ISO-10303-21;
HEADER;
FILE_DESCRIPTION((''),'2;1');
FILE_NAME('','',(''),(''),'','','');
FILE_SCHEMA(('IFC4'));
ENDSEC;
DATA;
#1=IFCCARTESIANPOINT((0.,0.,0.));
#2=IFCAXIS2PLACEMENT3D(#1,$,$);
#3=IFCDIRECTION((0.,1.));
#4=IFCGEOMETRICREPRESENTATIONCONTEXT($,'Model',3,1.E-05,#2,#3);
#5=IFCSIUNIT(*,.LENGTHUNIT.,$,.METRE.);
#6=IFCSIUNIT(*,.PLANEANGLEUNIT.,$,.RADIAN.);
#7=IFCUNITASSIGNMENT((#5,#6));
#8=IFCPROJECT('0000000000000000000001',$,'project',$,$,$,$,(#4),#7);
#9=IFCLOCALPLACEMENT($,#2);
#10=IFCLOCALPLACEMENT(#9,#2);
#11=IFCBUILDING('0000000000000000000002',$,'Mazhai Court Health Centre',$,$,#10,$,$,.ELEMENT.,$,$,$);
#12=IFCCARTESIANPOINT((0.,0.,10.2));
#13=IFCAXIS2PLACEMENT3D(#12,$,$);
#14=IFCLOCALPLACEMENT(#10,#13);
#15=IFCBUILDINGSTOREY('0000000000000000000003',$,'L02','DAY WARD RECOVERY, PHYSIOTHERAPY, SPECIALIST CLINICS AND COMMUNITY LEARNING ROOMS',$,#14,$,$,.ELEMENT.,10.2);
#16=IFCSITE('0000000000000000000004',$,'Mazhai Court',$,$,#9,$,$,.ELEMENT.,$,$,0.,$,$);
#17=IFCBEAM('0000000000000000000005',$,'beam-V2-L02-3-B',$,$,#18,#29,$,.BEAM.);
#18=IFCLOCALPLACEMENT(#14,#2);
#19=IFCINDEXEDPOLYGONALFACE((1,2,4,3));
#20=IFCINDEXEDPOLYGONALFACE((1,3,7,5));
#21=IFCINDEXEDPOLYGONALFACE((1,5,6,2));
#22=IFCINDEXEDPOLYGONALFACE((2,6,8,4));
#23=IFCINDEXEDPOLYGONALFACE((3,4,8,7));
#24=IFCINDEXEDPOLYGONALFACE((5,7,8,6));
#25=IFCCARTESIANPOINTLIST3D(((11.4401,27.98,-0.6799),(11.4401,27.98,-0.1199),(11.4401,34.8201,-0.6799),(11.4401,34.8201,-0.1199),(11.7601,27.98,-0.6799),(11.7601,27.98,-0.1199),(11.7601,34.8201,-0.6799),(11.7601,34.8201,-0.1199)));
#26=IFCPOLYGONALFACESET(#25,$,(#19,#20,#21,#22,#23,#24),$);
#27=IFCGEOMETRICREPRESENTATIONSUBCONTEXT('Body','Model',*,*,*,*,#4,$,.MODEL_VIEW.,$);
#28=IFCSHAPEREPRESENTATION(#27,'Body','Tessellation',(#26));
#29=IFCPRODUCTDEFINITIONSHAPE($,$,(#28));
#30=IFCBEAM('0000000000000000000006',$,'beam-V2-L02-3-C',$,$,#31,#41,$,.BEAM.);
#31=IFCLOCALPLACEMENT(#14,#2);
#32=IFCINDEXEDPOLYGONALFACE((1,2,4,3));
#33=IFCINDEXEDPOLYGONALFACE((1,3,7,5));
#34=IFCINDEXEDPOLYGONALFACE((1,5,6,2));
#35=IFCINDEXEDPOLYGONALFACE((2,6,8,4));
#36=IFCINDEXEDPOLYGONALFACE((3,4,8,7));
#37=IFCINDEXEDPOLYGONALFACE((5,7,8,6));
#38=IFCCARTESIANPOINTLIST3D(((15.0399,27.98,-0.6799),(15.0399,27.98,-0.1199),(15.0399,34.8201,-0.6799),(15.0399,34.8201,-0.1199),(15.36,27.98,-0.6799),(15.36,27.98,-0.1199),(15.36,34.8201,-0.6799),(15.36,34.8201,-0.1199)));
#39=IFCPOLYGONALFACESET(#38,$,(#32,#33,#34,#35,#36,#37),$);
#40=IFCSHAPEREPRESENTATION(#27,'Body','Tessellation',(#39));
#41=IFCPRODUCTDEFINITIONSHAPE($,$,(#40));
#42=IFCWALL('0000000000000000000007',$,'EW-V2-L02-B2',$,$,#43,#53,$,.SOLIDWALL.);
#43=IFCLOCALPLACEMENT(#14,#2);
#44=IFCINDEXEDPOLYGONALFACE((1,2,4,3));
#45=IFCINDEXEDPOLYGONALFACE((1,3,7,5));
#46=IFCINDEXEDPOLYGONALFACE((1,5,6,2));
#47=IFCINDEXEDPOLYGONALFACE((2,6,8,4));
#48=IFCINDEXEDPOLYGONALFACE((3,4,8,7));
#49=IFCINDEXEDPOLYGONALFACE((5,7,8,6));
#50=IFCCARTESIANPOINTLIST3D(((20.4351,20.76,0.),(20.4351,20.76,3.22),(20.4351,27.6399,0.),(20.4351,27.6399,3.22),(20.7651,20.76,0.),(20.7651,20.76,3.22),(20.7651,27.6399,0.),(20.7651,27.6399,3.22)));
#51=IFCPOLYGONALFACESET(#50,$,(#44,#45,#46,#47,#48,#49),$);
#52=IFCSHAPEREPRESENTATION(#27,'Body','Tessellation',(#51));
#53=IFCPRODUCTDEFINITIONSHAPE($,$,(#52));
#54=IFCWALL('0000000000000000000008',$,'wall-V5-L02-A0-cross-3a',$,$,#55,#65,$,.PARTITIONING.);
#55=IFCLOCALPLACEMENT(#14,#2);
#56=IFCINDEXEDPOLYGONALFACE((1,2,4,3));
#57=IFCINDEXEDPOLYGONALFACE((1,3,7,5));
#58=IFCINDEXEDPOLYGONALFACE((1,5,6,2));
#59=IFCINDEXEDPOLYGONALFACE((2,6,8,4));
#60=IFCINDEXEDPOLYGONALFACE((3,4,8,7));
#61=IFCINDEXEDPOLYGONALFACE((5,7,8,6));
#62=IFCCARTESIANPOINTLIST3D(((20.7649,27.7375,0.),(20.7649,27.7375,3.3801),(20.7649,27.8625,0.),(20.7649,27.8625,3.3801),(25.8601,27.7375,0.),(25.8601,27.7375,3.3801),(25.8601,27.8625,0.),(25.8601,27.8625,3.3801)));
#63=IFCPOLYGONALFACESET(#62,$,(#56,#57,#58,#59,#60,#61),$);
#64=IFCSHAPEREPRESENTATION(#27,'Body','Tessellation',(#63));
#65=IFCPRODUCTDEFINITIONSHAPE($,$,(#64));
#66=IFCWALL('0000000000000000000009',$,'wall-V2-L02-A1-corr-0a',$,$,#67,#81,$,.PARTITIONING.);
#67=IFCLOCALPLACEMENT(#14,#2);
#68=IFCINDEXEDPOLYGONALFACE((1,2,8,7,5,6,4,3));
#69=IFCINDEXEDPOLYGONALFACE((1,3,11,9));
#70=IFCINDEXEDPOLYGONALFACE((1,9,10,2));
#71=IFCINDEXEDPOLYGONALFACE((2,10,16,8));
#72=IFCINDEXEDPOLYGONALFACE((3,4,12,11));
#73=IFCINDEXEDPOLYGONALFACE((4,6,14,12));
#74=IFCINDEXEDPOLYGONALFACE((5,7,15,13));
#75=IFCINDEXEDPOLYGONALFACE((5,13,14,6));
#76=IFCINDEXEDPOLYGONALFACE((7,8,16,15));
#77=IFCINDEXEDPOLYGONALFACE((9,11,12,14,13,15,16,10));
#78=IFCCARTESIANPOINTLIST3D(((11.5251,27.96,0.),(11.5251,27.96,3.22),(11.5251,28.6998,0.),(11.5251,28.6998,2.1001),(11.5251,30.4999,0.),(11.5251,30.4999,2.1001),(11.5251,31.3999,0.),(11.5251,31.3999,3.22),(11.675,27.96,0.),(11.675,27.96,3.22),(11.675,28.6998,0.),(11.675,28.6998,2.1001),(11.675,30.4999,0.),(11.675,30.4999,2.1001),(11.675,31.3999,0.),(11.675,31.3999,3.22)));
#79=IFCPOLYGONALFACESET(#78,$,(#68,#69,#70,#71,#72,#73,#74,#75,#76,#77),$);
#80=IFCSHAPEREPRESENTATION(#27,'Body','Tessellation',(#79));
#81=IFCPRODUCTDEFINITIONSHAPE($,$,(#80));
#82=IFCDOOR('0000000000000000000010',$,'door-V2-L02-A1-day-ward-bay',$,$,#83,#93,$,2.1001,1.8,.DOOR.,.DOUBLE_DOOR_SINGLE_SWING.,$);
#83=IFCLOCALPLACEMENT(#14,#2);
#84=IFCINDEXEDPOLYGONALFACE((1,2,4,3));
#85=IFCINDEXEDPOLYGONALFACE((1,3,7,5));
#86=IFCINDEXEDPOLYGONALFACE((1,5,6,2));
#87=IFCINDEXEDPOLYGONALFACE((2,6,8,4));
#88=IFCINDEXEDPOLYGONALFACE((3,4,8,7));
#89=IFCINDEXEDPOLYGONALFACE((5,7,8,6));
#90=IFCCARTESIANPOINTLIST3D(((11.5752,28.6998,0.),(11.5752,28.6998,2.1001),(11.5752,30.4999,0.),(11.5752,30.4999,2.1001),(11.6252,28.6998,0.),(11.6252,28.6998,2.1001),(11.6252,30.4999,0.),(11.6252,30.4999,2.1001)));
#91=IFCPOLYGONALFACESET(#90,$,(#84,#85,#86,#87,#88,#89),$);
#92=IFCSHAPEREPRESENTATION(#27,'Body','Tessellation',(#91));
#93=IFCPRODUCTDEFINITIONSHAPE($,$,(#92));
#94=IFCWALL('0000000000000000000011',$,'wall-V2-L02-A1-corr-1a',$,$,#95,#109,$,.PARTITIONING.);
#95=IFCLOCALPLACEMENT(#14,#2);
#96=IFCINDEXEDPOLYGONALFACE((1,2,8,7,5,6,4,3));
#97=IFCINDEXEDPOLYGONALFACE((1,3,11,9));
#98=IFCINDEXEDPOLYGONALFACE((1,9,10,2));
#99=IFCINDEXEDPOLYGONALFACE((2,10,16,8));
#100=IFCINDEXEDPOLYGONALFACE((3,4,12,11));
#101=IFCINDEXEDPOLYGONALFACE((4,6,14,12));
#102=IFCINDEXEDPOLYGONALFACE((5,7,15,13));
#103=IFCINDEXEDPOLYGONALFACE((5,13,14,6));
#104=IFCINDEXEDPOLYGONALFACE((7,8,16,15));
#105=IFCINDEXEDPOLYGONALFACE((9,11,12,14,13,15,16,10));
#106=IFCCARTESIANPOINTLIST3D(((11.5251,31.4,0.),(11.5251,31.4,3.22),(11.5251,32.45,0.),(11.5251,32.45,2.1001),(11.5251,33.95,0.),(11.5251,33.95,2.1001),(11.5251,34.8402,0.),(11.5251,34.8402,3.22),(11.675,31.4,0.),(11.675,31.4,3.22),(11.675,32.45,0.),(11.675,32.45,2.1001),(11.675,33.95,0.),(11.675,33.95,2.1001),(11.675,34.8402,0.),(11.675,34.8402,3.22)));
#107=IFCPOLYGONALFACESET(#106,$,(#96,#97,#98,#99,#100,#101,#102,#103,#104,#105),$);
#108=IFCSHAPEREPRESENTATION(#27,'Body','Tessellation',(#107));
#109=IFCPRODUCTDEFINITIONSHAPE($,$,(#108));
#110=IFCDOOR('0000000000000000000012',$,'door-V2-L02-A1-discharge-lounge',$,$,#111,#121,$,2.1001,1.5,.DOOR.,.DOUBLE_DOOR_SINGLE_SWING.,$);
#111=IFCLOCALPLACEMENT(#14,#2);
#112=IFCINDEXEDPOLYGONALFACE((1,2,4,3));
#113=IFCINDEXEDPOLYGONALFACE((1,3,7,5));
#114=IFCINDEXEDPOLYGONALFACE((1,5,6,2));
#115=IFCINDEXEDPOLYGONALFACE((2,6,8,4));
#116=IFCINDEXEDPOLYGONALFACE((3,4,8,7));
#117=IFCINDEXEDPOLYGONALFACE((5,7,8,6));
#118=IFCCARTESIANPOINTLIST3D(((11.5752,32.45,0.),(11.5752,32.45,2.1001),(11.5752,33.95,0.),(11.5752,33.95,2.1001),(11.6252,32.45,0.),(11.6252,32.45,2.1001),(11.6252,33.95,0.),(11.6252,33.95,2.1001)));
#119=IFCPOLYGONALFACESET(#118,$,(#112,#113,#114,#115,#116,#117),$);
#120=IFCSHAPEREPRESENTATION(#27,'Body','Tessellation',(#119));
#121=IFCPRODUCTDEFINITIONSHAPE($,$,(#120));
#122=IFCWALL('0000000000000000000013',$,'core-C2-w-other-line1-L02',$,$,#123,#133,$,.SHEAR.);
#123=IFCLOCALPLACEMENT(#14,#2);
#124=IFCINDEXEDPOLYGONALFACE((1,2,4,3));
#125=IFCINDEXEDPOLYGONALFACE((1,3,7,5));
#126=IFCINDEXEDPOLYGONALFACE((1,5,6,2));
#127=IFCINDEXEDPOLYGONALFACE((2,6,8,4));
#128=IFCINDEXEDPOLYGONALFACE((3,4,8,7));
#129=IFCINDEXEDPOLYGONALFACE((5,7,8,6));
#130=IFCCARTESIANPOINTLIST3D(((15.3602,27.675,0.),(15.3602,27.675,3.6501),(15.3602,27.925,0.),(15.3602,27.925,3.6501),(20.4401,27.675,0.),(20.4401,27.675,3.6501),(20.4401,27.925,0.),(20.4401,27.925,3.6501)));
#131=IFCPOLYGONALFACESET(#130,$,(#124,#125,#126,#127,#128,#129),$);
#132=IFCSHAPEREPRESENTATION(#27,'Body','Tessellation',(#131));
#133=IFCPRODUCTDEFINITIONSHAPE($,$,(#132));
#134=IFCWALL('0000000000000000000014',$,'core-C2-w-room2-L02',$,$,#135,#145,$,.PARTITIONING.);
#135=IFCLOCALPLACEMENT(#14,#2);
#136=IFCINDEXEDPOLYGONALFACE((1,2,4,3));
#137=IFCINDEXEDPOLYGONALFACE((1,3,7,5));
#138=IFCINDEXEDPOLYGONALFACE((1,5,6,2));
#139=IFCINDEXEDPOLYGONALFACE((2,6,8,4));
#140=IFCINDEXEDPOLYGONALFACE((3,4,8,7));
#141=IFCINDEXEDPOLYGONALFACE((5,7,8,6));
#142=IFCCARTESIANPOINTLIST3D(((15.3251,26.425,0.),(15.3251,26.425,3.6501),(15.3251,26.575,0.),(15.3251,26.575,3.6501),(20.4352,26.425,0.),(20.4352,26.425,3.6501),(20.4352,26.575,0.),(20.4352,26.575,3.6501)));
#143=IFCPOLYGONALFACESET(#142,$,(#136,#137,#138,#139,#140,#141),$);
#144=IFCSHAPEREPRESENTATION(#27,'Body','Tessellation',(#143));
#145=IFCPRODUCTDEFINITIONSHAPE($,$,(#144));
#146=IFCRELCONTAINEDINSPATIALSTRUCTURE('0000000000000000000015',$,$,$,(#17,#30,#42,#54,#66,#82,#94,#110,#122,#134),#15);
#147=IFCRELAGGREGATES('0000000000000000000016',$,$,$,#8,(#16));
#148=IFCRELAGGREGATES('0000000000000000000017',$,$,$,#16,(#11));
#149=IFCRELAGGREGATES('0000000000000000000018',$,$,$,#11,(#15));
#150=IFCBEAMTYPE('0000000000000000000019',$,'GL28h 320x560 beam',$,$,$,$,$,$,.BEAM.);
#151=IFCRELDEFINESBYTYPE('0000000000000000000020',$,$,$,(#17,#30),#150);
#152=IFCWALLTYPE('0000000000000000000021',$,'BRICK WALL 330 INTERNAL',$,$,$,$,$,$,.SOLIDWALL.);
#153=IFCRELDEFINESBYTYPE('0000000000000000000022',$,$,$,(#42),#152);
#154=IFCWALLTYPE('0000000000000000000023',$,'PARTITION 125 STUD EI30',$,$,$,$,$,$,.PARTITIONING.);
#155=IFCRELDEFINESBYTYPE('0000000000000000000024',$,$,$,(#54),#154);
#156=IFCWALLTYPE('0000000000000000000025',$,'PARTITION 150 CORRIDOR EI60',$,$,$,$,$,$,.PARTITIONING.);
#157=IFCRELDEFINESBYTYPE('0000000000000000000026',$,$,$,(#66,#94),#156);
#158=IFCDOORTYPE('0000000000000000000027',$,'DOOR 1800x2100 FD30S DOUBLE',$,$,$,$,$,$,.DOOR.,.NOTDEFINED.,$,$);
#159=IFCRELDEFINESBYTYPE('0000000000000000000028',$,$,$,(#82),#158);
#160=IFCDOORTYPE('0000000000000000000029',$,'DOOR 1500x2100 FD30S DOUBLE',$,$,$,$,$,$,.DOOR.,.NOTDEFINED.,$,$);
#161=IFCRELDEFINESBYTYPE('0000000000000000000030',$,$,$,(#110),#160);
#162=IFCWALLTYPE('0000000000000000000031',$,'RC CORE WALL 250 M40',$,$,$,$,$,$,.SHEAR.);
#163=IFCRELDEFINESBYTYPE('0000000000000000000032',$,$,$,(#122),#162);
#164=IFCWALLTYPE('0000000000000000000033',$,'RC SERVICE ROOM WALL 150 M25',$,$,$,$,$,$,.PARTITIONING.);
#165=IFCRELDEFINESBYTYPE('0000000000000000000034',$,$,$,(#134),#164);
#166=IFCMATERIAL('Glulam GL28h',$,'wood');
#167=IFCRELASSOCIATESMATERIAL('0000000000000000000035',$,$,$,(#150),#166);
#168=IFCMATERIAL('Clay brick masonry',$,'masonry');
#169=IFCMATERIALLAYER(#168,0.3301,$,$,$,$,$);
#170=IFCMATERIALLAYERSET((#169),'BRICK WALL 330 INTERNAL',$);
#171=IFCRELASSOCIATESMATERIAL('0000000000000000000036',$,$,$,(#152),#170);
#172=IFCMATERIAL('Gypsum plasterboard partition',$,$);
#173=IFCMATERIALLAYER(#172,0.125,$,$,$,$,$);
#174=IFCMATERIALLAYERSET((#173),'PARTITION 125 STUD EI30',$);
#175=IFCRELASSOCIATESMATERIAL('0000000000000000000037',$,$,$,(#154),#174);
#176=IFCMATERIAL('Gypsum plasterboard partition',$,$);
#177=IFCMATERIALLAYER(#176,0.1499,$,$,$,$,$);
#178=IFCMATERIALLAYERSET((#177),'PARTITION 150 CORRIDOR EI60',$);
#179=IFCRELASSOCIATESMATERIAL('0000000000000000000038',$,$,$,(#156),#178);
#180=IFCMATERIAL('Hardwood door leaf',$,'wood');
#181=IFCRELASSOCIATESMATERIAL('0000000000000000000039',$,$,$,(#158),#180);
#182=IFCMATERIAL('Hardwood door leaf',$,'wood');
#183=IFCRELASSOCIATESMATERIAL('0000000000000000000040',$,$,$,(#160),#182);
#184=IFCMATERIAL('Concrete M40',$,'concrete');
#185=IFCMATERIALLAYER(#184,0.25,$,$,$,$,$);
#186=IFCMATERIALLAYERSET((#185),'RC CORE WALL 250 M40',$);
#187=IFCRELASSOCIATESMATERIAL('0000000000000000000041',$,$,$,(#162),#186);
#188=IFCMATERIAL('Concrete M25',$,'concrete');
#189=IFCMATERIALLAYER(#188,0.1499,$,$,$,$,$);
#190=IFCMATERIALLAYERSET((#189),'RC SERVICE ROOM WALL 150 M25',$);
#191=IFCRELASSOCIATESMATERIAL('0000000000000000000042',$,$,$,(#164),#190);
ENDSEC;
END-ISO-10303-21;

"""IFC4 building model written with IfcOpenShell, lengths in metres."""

from ifc_helpers import new_model, si_unit, direction, frame, frame_2d, origin, origin_2d, place, context, subcontext, project, spatial, rectangle, extrude, material, layer, layer_set, material_profile, profile_set, type_object, element, fill, save


model = new_model("IFC4")

# Units and contexts
model_context = context("Model", 3, precision=1e-05, world=origin(), true_north=direction((0.0, 1.0)))
body_context = subcontext(model_context, "Body", "Model", "MODEL_VIEW")
ifc_project = project(units=[si_unit("LENGTHUNIT", "METRE"), si_unit("PLANEANGLEUNIT", "RADIAN")], contexts=[model_context])

# Site, building, storey
site_placement = place(None, origin())
site = spatial("IfcSite", under=ifc_project, at=site_placement, Name="Mazhai Court", CompositionType="ELEMENT", RefElevation=0.0)
building_placement = place(site_placement, origin())
building = spatial("IfcBuilding", under=site, at=building_placement, Name="Mazhai Court Health Centre", CompositionType="ELEMENT")
storey_placement = place(building_placement, frame((0.0, 0.0, 10.2)))
storey = spatial("IfcBuildingStorey", under=building, at=storey_placement, Name="L02", Description="DAY WARD RECOVERY, PHYSIOTHERAPY, SPECIALIST CLINICS AND COMMUNITY LEARNING ROOMS", CompositionType="ELEMENT", Elevation=10.2)

# Beams
ifc_material_1 = material(Name="Glulam GL28h", Category="wood")
ifc_material_profile_1 = material_profile(ifc_material_1, rectangle(XDim=0.3201, YDim=0.5601, at=origin_2d()), Name="GL28h 320x560")
ifc_profile_set_1 = profile_set([ifc_material_profile_1], Name="Glulam GL28h")
beam_type_1 = type_object("IfcBeamType", Name="GL28h 320x560 beam", PredefinedType="BEAM", material=ifc_profile_set_1)
for number, where, z_axis, x_axis, name in (
    (1, (11.6001, 27.98, -0.3999), (0.0, 1.0, 0.0), (-1.0, 0.0, 0.0), "beam-V2-L02-3-B"),
    (2, (15.2, 27.98, -0.3999), (0.0, 1.0, 0.0), (-1.0, 0.0, 0.0), "beam-V2-L02-3-C"),
):
    element("IfcBeam", number, at=place(storey_placement, frame(where, z_axis=z_axis, x_axis=x_axis)), inside=storey, type_object=beam_type_1, Name=name, PredefinedType="BEAM", context=body_context, shape_type="SweptSolid", body=[
        extrude(rectangle(XDim=0.3201, YDim=0.5601, at=origin_2d()), origin(), (0.0, 0.0, 1.0), 6.8401),
    ])

# Walls
ifc_material_2 = material(Name="Clay brick masonry", Category="masonry")
ifc_layer_1 = layer(ifc_material_2, 0.3301)
ifc_layer_set_1 = layer_set([ifc_layer_1], Name="BRICK WALL 330 INTERNAL")
wall_type_1 = type_object("IfcWallType", Name="BRICK WALL 330 INTERNAL", PredefinedType="SOLIDWALL", material=ifc_layer_set_1)
wall_1_placement = place(storey_placement, frame((20.6001, 27.6399, 0.0), z_axis=(0.0, 0.0, 1.0), x_axis=(0.0, -1.0, 0.0)))
element("IfcWall", 3, at=wall_1_placement, inside=storey, type_object=wall_type_1, Name="EW-V2-L02-B2", PredefinedType="SOLIDWALL", context=body_context, shape_type="SweptSolid", body=[
    extrude(rectangle(XDim=6.8799, YDim=0.3301, at=frame_2d((3.4399, 0.0))), origin(), (0.0, 0.0, 1.0), 3.22),
])
ifc_material_3 = material(Name="Gypsum plasterboard partition")
ifc_layer_2 = layer(ifc_material_3, 0.125)
ifc_layer_set_2 = layer_set([ifc_layer_2], Name="PARTITION 125 STUD EI30")
wall_type_2 = type_object("IfcWallType", Name="PARTITION 125 STUD EI30", PredefinedType="PARTITIONING", material=ifc_layer_set_2)
wall_2_placement = place(storey_placement, frame((20.7649, 27.8, 0.0), z_axis=(0.0, 0.0, 1.0), x_axis=(1.0, 0.0, 0.0)))
element("IfcWall", 4, at=wall_2_placement, inside=storey, type_object=wall_type_2, Name="wall-V5-L02-A0-cross-3a", PredefinedType="PARTITIONING", context=body_context, shape_type="SweptSolid", body=[
    extrude(rectangle(XDim=5.0952, YDim=0.125, at=frame_2d((2.5476, 0.0))), origin(), (0.0, 0.0, 1.0), 3.3801),
])

# Walls, openings, doors
ifc_material_4 = material(Name="Gypsum plasterboard partition")
ifc_layer_3 = layer(ifc_material_4, 0.1499)
ifc_layer_set_3 = layer_set([ifc_layer_3], Name="PARTITION 150 CORRIDOR EI60")
wall_type_3 = type_object("IfcWallType", Name="PARTITION 150 CORRIDOR EI60", PredefinedType="PARTITIONING", material=ifc_layer_set_3)
wall_3_placement = place(storey_placement, frame((11.6001, 27.96, 0.0), z_axis=(0.0, 0.0, 1.0), x_axis=(0.0, 1.0, 0.0)))
wall_3 = element("IfcWall", 5, at=wall_3_placement, inside=storey, type_object=wall_type_3, Name="wall-V2-L02-A1-corr-0a", PredefinedType="PARTITIONING", context=body_context, shape_type="SweptSolid", body=[
    extrude(rectangle(XDim=3.4399, YDim=0.1499, at=frame_2d((1.72, 0.0))), origin(), (0.0, 0.0, 1.0), 3.22),
])
opening_1_placement = place(wall_3_placement, frame((0.74, 0.0, 0.0)))
opening_1 = element("IfcOpeningElement", 6, at=opening_1_placement, cuts=wall_3, PredefinedType="OPENING", context=body_context, shape_type="SweptSolid", body=[
    extrude(rectangle(XDim=1.8, YDim=2.1001, at=frame_2d((0.8999, 1.05))), frame((0.0, 0.085, 0.0), z_axis=(0.0, -1.0, 0.0), x_axis=(1.0, 0.0, 0.0)), (0.0, 0.0, 1.0), 0.1699),
])
ifc_material_5 = material(Name="Hardwood door leaf", Category="wood")
door_type_1 = type_object("IfcDoorType", Name="DOOR 1800x2100 FD30S DOUBLE", OperationType="NOTDEFINED", PredefinedType="DOOR", material=ifc_material_5)
door_1_placement = place(opening_1_placement, origin())
door_1 = element("IfcDoor", 7, at=door_1_placement, inside=storey, type_object=door_type_1, Name="door-V2-L02-A1-day-ward-bay", OperationType="DOUBLE_DOOR_SINGLE_SWING", OverallHeight=2.1001, OverallWidth=1.8, PredefinedType="DOOR", context=body_context, shape_type="SweptSolid", body=[
    extrude(rectangle(XDim=1.8, YDim=2.1001, at=frame_2d((0.8999, 1.05))), frame((0.0, 0.0249, 0.0), z_axis=(0.0, -1.0, 0.0), x_axis=(1.0, 0.0, 0.0)), (0.0, 0.0, 1.0), 0.05),
])
fill(opening_1, door_1)
wall_4_placement = place(storey_placement, frame((11.6001, 31.3999, 0.0), z_axis=(0.0, 0.0, 1.0), x_axis=(0.0, 1.0, 0.0)))
wall_4 = element("IfcWall", 8, at=wall_4_placement, inside=storey, type_object=wall_type_3, Name="wall-V2-L02-A1-corr-1a", PredefinedType="PARTITIONING", context=body_context, shape_type="SweptSolid", body=[
    extrude(rectangle(XDim=3.4402, YDim=0.1499, at=frame_2d((1.7202, 0.0))), origin(), (0.0, 0.0, 1.0), 3.22),
])
opening_2_placement = place(wall_4_placement, frame((1.05, 0.0, 0.0)))
opening_2 = element("IfcOpeningElement", 9, at=opening_2_placement, cuts=wall_4, PredefinedType="OPENING", context=body_context, shape_type="SweptSolid", body=[
    extrude(rectangle(XDim=1.5, YDim=2.1001, at=frame_2d((0.75, 1.05))), frame((0.0, 0.085, 0.0), z_axis=(0.0, -1.0, 0.0), x_axis=(1.0, 0.0, 0.0)), (0.0, 0.0, 1.0), 0.1699),
])
ifc_material_6 = material(Name="Hardwood door leaf", Category="wood")
door_type_2 = type_object("IfcDoorType", Name="DOOR 1500x2100 FD30S DOUBLE", OperationType="NOTDEFINED", PredefinedType="DOOR", material=ifc_material_6)
door_2_placement = place(opening_2_placement, origin())
door_2 = element("IfcDoor", 10, at=door_2_placement, inside=storey, type_object=door_type_2, Name="door-V2-L02-A1-discharge-lounge", OperationType="DOUBLE_DOOR_SINGLE_SWING", OverallHeight=2.1001, OverallWidth=1.5, PredefinedType="DOOR", context=body_context, shape_type="SweptSolid", body=[
    extrude(rectangle(XDim=1.5, YDim=2.1001, at=frame_2d((0.75, 1.05))), frame((0.0, 0.0249, 0.0), z_axis=(0.0, -1.0, 0.0), x_axis=(1.0, 0.0, 0.0)), (0.0, 0.0, 1.0), 0.05),
])
fill(opening_2, door_2)

# Walls
ifc_material_7 = material(Name="Concrete M40", Category="concrete")
ifc_layer_4 = layer(ifc_material_7, 0.25)
ifc_layer_set_4 = layer_set([ifc_layer_4], Name="RC CORE WALL 250 M40")
wall_type_4 = type_object("IfcWallType", Name="RC CORE WALL 250 M40", PredefinedType="SHEAR", material=ifc_layer_set_4)
wall_5_placement = place(storey_placement, frame((15.3601, 27.8, 0.0), z_axis=(0.0, 0.0, 1.0), x_axis=(1.0, 0.0, 0.0)))
element("IfcWall", 11, at=wall_5_placement, inside=storey, type_object=wall_type_4, Name="core-C2-w-other-line1-L02", PredefinedType="SHEAR", context=body_context, shape_type="SweptSolid", body=[
    extrude(rectangle(XDim=5.0798, YDim=0.25, at=frame_2d((2.54, 0.0))), origin(), (0.0, 0.0, 1.0), 3.6501),
])
ifc_material_8 = material(Name="Concrete M25", Category="concrete")
ifc_layer_5 = layer(ifc_material_8, 0.1499)
ifc_layer_set_5 = layer_set([ifc_layer_5], Name="RC SERVICE ROOM WALL 150 M25")
wall_type_5 = type_object("IfcWallType", Name="RC SERVICE ROOM WALL 150 M25", PredefinedType="PARTITIONING", material=ifc_layer_set_5)
wall_6_placement = place(storey_placement, frame((15.325, 26.5, 0.0), z_axis=(0.0, 0.0, 1.0), x_axis=(1.0, 0.0, 0.0)))
element("IfcWall", 12, at=wall_6_placement, inside=storey, type_object=wall_type_5, Name="core-C2-w-room2-L02", PredefinedType="PARTITIONING", context=body_context, shape_type="SweptSolid", body=[
    extrude(rectangle(XDim=5.1101, YDim=0.1499, at=frame_2d((2.5552, 0.0))), origin(), (0.0, 0.0, 1.0), 3.6501),
])

save(model, "model.ifc")
